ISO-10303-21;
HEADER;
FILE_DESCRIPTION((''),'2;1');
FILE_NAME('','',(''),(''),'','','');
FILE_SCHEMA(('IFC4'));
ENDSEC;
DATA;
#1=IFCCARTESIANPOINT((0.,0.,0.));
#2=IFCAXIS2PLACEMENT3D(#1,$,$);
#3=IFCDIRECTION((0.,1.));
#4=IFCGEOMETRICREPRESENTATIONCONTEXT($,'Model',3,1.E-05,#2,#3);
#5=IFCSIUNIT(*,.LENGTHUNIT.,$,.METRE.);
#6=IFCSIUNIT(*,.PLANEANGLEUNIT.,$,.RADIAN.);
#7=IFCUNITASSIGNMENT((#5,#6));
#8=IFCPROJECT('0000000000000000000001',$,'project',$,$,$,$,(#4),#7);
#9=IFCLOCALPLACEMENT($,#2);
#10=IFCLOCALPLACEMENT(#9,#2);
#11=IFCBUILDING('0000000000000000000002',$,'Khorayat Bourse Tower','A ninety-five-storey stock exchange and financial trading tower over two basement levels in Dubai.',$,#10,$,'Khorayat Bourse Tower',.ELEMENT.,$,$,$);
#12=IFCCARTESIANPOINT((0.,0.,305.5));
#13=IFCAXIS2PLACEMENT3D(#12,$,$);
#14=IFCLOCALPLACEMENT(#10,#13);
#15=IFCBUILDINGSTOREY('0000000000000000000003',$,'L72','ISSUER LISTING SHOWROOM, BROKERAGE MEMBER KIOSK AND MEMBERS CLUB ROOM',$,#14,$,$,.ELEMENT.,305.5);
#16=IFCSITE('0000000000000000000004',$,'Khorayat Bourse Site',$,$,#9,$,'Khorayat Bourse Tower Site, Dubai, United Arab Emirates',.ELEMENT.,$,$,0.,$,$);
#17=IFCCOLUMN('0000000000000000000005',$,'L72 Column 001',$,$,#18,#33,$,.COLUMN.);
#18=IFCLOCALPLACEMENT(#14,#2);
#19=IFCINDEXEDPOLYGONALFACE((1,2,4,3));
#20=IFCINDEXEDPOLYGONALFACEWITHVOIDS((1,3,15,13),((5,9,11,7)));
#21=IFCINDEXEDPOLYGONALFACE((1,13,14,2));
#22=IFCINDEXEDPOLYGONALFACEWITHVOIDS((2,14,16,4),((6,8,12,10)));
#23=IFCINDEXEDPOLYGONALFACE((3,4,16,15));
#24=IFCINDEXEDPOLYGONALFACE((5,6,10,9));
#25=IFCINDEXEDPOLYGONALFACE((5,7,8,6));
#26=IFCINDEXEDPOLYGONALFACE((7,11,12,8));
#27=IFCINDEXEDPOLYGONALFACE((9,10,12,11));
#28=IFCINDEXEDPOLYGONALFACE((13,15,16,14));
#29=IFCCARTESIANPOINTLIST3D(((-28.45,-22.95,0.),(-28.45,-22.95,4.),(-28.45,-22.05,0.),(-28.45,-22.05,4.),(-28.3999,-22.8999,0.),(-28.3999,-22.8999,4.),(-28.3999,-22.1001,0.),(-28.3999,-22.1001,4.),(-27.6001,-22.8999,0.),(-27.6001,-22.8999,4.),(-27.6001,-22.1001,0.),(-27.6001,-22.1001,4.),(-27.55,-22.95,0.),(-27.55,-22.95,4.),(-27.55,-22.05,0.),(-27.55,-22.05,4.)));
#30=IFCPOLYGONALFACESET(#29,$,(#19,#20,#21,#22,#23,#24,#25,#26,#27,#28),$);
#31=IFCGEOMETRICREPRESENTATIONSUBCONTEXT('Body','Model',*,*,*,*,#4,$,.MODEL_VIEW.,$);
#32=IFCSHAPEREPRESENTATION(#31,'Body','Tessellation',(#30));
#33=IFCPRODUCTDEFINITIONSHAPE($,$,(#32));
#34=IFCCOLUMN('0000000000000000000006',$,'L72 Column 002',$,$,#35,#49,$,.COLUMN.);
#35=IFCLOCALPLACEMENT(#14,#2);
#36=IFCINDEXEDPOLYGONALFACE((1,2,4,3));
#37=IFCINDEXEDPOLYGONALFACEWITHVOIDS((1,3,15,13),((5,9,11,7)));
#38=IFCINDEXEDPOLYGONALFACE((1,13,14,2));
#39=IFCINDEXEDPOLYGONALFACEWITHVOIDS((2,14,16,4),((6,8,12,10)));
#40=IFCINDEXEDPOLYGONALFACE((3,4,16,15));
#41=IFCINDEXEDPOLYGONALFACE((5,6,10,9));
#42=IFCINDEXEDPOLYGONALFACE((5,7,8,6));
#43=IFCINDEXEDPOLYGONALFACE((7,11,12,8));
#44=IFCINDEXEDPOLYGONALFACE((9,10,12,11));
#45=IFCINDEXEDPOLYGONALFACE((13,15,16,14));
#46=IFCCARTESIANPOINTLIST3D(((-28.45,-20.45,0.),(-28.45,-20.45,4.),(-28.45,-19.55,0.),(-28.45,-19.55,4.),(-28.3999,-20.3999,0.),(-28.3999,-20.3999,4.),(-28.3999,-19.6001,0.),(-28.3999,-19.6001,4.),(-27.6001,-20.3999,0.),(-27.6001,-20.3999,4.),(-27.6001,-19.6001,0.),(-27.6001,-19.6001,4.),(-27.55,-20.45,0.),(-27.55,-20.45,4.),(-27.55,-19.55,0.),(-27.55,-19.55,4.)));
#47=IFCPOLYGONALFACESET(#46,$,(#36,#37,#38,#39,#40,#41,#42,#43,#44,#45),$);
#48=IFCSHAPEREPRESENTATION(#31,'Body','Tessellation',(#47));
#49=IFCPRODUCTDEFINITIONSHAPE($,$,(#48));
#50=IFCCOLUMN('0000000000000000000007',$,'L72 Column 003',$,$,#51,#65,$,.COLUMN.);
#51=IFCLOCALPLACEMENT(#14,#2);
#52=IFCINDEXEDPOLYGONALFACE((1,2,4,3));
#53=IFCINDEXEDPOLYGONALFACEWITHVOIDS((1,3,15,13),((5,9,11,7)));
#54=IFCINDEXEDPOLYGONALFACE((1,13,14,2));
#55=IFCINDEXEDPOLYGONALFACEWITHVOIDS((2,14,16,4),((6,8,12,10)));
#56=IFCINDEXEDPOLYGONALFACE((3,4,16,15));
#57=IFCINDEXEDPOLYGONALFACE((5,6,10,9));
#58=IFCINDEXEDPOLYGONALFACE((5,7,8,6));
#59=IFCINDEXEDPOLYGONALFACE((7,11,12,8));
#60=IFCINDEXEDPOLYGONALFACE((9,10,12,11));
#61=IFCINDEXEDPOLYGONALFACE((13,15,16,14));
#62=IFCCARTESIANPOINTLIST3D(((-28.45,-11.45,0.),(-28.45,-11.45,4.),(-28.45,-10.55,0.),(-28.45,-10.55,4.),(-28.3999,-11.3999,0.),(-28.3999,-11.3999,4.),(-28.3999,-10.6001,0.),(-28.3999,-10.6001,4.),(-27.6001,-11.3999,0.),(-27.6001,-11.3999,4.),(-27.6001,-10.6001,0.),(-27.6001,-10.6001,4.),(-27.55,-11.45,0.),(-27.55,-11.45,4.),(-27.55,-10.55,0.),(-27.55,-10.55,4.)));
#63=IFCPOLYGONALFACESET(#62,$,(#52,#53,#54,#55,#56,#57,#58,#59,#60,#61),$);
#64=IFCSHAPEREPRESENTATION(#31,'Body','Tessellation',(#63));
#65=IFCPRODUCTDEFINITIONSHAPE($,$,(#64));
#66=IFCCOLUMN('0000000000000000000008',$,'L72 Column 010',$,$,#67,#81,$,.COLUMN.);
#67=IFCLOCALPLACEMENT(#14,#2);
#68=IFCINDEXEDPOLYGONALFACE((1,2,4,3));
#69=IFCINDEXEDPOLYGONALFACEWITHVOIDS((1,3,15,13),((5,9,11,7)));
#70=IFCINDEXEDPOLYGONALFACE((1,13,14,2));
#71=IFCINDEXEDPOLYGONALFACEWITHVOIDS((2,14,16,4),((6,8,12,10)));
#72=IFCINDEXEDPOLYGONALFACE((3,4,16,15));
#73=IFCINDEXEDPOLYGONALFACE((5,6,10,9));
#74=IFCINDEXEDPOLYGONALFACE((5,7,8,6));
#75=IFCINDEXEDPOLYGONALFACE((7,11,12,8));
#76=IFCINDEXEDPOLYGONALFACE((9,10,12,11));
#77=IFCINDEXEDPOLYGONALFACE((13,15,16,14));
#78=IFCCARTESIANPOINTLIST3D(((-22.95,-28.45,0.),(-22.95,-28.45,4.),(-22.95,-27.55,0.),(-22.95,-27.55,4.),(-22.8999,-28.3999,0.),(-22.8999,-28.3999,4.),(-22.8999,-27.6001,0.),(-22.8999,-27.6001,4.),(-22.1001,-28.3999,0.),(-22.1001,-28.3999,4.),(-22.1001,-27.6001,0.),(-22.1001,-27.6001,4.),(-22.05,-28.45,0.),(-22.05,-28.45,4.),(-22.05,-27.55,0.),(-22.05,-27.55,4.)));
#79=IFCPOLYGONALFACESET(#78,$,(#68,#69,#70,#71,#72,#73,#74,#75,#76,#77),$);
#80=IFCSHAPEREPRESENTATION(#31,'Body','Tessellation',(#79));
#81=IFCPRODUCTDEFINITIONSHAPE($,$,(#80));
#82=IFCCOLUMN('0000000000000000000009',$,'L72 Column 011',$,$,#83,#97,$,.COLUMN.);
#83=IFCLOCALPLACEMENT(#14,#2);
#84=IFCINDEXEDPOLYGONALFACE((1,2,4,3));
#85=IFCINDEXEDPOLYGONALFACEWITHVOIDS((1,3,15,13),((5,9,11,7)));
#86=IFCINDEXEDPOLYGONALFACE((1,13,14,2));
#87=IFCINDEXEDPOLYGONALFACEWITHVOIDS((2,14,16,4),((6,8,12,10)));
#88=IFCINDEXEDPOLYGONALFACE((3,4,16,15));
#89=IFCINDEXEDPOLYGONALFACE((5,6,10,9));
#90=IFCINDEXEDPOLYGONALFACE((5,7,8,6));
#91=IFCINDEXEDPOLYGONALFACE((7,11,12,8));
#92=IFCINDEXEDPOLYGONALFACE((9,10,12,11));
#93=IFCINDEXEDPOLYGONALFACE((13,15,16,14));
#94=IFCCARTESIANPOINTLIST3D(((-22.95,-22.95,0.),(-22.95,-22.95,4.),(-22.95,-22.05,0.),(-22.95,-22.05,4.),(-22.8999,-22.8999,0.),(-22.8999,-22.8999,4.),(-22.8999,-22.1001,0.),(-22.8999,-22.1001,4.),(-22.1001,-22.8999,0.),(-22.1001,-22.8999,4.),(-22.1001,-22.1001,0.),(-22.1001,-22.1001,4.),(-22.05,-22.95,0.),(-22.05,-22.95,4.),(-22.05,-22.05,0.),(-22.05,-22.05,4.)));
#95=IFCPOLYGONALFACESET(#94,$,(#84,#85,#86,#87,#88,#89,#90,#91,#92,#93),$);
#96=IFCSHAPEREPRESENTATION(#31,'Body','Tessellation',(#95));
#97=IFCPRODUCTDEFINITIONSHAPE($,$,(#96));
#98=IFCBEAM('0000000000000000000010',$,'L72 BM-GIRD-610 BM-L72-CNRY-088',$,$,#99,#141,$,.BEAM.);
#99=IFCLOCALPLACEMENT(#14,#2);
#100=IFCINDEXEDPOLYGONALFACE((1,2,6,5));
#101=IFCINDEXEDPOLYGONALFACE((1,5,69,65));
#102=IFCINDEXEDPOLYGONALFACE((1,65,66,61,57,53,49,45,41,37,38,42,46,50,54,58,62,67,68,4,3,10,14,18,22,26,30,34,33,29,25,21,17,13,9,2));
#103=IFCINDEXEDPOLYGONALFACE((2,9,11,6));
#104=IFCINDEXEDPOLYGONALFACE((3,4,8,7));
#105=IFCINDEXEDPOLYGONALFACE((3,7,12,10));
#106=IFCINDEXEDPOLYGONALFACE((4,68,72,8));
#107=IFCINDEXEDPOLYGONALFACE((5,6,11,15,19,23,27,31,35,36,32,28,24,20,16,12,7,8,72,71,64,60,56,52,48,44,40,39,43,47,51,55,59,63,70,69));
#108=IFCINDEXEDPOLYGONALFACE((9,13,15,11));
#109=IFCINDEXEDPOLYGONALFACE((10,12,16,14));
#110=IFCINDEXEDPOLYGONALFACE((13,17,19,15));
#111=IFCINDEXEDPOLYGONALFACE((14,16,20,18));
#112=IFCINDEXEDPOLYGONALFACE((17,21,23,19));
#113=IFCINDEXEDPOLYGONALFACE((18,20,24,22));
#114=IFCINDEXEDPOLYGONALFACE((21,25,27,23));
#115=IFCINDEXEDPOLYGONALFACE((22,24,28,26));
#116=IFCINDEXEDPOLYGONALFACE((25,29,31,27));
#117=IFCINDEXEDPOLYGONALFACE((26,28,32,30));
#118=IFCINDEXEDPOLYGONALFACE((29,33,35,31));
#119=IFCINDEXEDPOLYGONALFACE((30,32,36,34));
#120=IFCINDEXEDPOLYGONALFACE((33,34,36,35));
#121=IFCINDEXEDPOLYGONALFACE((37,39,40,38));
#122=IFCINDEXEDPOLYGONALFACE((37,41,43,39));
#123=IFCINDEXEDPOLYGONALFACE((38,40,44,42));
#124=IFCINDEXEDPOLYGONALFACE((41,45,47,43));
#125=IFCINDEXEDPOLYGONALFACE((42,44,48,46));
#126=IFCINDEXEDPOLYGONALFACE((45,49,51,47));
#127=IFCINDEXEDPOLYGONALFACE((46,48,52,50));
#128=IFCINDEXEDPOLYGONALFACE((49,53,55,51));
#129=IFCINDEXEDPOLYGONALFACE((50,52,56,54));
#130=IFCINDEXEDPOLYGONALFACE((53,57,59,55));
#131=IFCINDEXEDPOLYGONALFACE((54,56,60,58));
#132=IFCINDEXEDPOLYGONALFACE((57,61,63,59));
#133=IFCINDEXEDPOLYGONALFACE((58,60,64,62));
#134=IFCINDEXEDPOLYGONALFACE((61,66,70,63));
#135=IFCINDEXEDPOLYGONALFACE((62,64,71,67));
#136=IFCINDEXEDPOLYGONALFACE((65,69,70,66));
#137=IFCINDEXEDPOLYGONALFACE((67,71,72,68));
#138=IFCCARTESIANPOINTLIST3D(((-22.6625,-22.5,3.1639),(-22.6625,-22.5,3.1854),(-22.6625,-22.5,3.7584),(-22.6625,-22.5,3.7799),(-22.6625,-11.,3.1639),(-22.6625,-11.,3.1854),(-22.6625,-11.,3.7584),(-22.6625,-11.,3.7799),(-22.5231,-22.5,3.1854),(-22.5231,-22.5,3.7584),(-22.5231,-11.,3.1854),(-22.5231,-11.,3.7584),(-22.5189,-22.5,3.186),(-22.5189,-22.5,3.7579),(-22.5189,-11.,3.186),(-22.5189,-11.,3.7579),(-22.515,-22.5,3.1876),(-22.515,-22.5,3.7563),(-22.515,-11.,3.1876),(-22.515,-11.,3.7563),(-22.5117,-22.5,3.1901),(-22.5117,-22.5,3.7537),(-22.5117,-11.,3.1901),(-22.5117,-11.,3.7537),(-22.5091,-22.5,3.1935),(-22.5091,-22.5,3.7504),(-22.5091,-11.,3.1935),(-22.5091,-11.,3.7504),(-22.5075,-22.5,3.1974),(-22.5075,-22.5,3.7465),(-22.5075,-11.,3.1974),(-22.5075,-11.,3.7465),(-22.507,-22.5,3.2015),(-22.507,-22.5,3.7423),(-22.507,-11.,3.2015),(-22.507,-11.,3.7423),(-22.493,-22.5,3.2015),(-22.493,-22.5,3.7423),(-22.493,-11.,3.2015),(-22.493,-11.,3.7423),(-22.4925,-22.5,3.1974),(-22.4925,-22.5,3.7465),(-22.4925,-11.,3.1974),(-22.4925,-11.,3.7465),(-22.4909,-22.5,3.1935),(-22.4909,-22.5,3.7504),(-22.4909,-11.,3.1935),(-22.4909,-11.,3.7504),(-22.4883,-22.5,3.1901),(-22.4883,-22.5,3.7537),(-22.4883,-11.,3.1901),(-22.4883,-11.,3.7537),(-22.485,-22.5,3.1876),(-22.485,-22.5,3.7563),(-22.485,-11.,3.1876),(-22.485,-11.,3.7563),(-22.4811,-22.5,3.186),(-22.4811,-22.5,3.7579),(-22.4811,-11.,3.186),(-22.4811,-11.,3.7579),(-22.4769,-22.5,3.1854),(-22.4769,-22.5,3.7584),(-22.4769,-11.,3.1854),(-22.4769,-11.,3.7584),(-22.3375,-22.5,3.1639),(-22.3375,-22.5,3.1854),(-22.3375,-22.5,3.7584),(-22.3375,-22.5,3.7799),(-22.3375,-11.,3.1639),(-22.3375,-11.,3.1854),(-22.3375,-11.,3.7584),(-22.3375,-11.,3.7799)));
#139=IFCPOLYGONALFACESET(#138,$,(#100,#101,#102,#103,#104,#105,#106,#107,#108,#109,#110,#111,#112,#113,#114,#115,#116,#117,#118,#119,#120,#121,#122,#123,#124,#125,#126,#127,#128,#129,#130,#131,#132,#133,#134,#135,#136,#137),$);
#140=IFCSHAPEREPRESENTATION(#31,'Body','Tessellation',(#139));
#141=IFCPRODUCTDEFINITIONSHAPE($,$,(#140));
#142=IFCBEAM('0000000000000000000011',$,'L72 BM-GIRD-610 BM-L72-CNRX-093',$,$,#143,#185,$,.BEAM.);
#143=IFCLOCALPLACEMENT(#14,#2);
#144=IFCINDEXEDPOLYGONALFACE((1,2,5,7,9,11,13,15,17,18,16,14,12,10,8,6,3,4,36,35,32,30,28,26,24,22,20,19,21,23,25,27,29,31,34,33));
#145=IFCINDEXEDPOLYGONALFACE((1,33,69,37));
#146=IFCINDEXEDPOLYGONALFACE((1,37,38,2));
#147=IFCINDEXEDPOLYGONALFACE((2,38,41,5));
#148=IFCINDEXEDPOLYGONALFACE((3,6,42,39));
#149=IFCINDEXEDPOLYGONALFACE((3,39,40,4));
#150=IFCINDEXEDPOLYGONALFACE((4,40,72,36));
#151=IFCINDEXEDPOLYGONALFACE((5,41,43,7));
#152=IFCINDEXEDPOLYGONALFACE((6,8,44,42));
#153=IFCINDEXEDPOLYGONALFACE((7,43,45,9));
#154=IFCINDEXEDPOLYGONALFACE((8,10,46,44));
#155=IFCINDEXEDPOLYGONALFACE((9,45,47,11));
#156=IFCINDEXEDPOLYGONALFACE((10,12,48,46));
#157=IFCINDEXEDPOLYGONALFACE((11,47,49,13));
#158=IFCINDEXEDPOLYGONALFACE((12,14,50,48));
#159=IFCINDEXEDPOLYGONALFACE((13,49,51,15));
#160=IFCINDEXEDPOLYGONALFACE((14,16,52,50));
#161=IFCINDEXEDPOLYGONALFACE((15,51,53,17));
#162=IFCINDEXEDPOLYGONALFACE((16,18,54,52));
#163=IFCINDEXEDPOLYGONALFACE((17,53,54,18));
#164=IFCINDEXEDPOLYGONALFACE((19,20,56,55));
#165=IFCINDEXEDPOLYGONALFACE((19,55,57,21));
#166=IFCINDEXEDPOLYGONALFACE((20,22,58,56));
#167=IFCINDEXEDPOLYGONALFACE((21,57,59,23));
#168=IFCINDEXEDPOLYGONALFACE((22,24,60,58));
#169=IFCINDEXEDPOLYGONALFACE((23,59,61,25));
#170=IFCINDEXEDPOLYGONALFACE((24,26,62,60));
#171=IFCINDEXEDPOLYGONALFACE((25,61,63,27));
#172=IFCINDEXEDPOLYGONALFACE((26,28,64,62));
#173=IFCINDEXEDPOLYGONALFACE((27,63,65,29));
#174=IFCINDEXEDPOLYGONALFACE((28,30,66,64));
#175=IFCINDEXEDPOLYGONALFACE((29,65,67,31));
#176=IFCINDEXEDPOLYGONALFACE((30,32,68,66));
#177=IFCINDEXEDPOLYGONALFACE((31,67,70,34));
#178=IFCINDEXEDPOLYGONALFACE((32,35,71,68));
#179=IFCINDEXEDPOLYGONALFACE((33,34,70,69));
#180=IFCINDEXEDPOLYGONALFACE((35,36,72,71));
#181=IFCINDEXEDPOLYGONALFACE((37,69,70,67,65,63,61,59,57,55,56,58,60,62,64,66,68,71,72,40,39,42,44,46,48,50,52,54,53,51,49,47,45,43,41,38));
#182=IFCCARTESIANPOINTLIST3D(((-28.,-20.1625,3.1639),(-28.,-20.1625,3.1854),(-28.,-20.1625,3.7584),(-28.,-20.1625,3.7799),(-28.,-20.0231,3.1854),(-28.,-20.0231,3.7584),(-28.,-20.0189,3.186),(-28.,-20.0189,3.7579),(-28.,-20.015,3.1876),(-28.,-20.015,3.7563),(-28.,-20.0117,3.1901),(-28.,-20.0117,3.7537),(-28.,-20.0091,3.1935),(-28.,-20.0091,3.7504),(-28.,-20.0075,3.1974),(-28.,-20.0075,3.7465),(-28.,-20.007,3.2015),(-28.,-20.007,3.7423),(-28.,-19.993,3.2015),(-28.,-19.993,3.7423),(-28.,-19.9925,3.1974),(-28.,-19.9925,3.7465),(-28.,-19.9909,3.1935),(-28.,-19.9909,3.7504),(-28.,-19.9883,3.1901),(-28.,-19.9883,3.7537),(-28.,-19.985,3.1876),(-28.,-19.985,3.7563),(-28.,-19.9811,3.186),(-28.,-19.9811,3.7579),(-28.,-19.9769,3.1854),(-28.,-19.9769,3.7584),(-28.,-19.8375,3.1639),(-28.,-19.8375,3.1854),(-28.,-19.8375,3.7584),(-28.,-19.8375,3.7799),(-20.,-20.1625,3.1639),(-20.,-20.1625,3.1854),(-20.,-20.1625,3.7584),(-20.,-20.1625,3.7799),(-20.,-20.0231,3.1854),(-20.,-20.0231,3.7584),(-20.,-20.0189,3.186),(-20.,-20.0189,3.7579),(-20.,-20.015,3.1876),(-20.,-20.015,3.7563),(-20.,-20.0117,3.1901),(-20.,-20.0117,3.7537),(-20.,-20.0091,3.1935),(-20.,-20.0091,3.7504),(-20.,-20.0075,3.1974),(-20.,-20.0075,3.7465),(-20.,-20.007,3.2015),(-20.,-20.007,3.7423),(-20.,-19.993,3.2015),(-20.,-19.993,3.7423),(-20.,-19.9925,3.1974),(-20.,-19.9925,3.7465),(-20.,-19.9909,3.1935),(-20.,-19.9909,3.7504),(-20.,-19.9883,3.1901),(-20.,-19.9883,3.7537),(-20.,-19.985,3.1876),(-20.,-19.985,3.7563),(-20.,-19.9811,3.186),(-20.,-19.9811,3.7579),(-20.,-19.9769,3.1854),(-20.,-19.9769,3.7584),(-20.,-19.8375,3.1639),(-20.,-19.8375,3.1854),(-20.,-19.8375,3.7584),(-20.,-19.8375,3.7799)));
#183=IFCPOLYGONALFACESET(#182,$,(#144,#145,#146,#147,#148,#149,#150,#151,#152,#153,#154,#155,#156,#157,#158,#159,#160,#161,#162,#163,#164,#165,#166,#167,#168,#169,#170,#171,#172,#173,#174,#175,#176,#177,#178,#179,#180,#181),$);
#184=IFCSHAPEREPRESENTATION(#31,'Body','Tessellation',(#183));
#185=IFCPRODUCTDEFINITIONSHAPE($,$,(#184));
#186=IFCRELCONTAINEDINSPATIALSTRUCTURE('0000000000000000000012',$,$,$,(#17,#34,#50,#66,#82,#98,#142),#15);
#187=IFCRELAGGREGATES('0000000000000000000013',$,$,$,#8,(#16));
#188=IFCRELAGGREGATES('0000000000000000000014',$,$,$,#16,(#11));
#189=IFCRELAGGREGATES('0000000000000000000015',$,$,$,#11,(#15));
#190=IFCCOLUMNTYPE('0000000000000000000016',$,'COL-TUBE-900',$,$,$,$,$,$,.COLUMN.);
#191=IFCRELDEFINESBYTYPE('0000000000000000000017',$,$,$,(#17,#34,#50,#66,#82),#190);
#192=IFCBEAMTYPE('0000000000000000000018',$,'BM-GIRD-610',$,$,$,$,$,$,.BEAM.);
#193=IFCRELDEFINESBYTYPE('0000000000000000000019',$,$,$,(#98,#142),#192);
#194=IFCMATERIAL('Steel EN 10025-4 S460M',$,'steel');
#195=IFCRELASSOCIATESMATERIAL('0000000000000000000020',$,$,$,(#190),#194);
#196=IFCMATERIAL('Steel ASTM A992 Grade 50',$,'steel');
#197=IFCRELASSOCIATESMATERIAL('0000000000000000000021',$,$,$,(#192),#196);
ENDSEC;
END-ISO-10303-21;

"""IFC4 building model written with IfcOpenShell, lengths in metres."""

from ifc_helpers import new_model, si_unit, direction, frame, origin, origin_2d, place, context, subcontext, project, spatial, hollow_rectangle, i_section, extrude, source, transform, mapped, material, material_profile, profile_set, type_object, element, save


model = new_model("IFC4")

# Units and contexts
model_context = context("Model", 3, precision=1e-05, world=origin(), true_north=direction((0.0, 1.0)))
body_context = subcontext(model_context, "Body", "Model", "MODEL_VIEW")
ifc_project = project(units=[si_unit("LENGTHUNIT", "METRE"), si_unit("PLANEANGLEUNIT", "RADIAN")], contexts=[model_context])

# Site, building, storey
site_placement = place(None, origin())
site = spatial("IfcSite", under=ifc_project, at=site_placement, Name="Khorayat Bourse Site", LongName="Khorayat Bourse Tower Site, Dubai, United Arab Emirates", CompositionType="ELEMENT", RefElevation=0.0)
building_placement = place(site_placement, origin())
building = spatial("IfcBuilding", under=site, at=building_placement, Name="Khorayat Bourse Tower", Description="A ninety-five-storey stock exchange and financial trading tower over two basement levels in Dubai.", LongName="Khorayat Bourse Tower", CompositionType="ELEMENT")
storey_placement = place(building_placement, frame((0.0, 0.0, 305.5)))
storey = spatial("IfcBuildingStorey", under=building, at=storey_placement, Name="L72", Description="ISSUER LISTING SHOWROOM, BROKERAGE MEMBER KIOSK AND MEMBERS CLUB ROOM", CompositionType="ELEMENT", Elevation=305.5)

# Columns
ifc_material_1 = material(Name="Steel EN 10025-4 S460M", Category="steel")
ifc_material_profile_1 = material_profile(ifc_material_1, hollow_rectangle(XDim=0.8999, YDim=0.8999, WallThickness=0.05, at=origin_2d()), Name="BOX 900x900x50")
ifc_profile_set_1 = profile_set([ifc_material_profile_1], Name="Steel EN 10025-4 S460M")
column_type = type_object("IfcColumnType", Name="COL-TUBE-900", PredefinedType="COLUMN", material=ifc_profile_set_1)
shared_shape_1 = source(origin(), body_context, "Body", "SweptSolid", [
    extrude(hollow_rectangle(XDim=0.8999, YDim=0.8999, WallThickness=0.05, at=origin_2d()), origin(), (0.0, 0.0, 1.0), 4.0),
])
for number, where, z_axis, x_axis, name in (
    (1, (-28.0, -22.5, 0.0), (0.0, 0.0, 1.0), (1.0, 0.0, 0.0), "L72 Column 001"),
    (2, (-28.0, -20.0, 0.0), (0.0, 0.0, 1.0), (1.0, 0.0, 0.0), "L72 Column 002"),
    (3, (-28.0, -11.0, 0.0), (0.0, 0.0, 1.0), (1.0, 0.0, 0.0), "L72 Column 003"),
    (4, (-22.5, -28.0, 0.0), (0.0, 0.0, 1.0), (1.0, 0.0, 0.0), "L72 Column 010"),
    (5, (-22.5, -22.5, 0.0), (0.0, 0.0, 1.0), (1.0, 0.0, 0.0), "L72 Column 011"),
):
    element("IfcColumn", number, at=place(storey_placement, frame(where, z_axis=z_axis, x_axis=x_axis)), inside=storey, type_object=column_type, Name=name, PredefinedType="COLUMN", context=body_context, shape_type="MappedRepresentation", body=[
        mapped(shared_shape_1, transform((0.0, 0.0, 0.0), scale=1.0)),
    ])

# Beams
ifc_material_2 = material(Name="Steel ASTM A992 Grade 50", Category="steel")
ifc_material_profile_2 = material_profile(ifc_material_2, i_section(OverallWidth=0.325, OverallDepth=0.616, WebThickness=0.0139, FlangeThickness=0.0215, FilletRadius=0.0161, at=origin_2d()), Name="W610X174")
ifc_profile_set_2 = profile_set([ifc_material_profile_2], Name="Steel ASTM A992 Grade 50")
beam_type_1 = type_object("IfcBeamType", Name="BM-GIRD-610", PredefinedType="BEAM", material=ifc_profile_set_2)
shared_shape_2 = source(origin(), body_context, "Body", "SweptSolid", [
    extrude(i_section(OverallWidth=0.325, OverallDepth=0.616, WebThickness=0.0139, FlangeThickness=0.0215, FilletRadius=0.0161, at=origin_2d()), origin(), (0.0, 0.0, 1.0), 11.5),
])
beam_1_placement = place(storey_placement, frame((-22.5, -22.5, 3.4719), z_axis=(0.0, 1.0, 0.0), x_axis=(-1.0, 0.0, 0.0)))
element("IfcBeam", 6, at=beam_1_placement, inside=storey, type_object=beam_type_1, Name="L72 BM-GIRD-610 BM-L72-CNRY-088", PredefinedType="BEAM", context=body_context, shape_type="MappedRepresentation", body=[
    mapped(shared_shape_2, transform((0.0, 0.0, 0.0), scale=1.0)),
])
shared_shape_3 = source(origin(), body_context, "Body", "SweptSolid", [
    extrude(i_section(OverallWidth=0.325, OverallDepth=0.616, WebThickness=0.0139, FlangeThickness=0.0215, FilletRadius=0.0161, at=origin_2d()), origin(), (0.0, 0.0, 1.0), 8.0),
])
beam_2_placement = place(storey_placement, frame((-28.0, -20.0, 3.4719), z_axis=(1.0, 0.0, 0.0), x_axis=(0.0, 1.0, 0.0)))
element("IfcBeam", 7, at=beam_2_placement, inside=storey, type_object=beam_type_1, Name="L72 BM-GIRD-610 BM-L72-CNRX-093", PredefinedType="BEAM", context=body_context, shape_type="MappedRepresentation", body=[
    mapped(shared_shape_3, transform((0.0, 0.0, 0.0), scale=1.0)),
])

save(model, "model.ifc")
